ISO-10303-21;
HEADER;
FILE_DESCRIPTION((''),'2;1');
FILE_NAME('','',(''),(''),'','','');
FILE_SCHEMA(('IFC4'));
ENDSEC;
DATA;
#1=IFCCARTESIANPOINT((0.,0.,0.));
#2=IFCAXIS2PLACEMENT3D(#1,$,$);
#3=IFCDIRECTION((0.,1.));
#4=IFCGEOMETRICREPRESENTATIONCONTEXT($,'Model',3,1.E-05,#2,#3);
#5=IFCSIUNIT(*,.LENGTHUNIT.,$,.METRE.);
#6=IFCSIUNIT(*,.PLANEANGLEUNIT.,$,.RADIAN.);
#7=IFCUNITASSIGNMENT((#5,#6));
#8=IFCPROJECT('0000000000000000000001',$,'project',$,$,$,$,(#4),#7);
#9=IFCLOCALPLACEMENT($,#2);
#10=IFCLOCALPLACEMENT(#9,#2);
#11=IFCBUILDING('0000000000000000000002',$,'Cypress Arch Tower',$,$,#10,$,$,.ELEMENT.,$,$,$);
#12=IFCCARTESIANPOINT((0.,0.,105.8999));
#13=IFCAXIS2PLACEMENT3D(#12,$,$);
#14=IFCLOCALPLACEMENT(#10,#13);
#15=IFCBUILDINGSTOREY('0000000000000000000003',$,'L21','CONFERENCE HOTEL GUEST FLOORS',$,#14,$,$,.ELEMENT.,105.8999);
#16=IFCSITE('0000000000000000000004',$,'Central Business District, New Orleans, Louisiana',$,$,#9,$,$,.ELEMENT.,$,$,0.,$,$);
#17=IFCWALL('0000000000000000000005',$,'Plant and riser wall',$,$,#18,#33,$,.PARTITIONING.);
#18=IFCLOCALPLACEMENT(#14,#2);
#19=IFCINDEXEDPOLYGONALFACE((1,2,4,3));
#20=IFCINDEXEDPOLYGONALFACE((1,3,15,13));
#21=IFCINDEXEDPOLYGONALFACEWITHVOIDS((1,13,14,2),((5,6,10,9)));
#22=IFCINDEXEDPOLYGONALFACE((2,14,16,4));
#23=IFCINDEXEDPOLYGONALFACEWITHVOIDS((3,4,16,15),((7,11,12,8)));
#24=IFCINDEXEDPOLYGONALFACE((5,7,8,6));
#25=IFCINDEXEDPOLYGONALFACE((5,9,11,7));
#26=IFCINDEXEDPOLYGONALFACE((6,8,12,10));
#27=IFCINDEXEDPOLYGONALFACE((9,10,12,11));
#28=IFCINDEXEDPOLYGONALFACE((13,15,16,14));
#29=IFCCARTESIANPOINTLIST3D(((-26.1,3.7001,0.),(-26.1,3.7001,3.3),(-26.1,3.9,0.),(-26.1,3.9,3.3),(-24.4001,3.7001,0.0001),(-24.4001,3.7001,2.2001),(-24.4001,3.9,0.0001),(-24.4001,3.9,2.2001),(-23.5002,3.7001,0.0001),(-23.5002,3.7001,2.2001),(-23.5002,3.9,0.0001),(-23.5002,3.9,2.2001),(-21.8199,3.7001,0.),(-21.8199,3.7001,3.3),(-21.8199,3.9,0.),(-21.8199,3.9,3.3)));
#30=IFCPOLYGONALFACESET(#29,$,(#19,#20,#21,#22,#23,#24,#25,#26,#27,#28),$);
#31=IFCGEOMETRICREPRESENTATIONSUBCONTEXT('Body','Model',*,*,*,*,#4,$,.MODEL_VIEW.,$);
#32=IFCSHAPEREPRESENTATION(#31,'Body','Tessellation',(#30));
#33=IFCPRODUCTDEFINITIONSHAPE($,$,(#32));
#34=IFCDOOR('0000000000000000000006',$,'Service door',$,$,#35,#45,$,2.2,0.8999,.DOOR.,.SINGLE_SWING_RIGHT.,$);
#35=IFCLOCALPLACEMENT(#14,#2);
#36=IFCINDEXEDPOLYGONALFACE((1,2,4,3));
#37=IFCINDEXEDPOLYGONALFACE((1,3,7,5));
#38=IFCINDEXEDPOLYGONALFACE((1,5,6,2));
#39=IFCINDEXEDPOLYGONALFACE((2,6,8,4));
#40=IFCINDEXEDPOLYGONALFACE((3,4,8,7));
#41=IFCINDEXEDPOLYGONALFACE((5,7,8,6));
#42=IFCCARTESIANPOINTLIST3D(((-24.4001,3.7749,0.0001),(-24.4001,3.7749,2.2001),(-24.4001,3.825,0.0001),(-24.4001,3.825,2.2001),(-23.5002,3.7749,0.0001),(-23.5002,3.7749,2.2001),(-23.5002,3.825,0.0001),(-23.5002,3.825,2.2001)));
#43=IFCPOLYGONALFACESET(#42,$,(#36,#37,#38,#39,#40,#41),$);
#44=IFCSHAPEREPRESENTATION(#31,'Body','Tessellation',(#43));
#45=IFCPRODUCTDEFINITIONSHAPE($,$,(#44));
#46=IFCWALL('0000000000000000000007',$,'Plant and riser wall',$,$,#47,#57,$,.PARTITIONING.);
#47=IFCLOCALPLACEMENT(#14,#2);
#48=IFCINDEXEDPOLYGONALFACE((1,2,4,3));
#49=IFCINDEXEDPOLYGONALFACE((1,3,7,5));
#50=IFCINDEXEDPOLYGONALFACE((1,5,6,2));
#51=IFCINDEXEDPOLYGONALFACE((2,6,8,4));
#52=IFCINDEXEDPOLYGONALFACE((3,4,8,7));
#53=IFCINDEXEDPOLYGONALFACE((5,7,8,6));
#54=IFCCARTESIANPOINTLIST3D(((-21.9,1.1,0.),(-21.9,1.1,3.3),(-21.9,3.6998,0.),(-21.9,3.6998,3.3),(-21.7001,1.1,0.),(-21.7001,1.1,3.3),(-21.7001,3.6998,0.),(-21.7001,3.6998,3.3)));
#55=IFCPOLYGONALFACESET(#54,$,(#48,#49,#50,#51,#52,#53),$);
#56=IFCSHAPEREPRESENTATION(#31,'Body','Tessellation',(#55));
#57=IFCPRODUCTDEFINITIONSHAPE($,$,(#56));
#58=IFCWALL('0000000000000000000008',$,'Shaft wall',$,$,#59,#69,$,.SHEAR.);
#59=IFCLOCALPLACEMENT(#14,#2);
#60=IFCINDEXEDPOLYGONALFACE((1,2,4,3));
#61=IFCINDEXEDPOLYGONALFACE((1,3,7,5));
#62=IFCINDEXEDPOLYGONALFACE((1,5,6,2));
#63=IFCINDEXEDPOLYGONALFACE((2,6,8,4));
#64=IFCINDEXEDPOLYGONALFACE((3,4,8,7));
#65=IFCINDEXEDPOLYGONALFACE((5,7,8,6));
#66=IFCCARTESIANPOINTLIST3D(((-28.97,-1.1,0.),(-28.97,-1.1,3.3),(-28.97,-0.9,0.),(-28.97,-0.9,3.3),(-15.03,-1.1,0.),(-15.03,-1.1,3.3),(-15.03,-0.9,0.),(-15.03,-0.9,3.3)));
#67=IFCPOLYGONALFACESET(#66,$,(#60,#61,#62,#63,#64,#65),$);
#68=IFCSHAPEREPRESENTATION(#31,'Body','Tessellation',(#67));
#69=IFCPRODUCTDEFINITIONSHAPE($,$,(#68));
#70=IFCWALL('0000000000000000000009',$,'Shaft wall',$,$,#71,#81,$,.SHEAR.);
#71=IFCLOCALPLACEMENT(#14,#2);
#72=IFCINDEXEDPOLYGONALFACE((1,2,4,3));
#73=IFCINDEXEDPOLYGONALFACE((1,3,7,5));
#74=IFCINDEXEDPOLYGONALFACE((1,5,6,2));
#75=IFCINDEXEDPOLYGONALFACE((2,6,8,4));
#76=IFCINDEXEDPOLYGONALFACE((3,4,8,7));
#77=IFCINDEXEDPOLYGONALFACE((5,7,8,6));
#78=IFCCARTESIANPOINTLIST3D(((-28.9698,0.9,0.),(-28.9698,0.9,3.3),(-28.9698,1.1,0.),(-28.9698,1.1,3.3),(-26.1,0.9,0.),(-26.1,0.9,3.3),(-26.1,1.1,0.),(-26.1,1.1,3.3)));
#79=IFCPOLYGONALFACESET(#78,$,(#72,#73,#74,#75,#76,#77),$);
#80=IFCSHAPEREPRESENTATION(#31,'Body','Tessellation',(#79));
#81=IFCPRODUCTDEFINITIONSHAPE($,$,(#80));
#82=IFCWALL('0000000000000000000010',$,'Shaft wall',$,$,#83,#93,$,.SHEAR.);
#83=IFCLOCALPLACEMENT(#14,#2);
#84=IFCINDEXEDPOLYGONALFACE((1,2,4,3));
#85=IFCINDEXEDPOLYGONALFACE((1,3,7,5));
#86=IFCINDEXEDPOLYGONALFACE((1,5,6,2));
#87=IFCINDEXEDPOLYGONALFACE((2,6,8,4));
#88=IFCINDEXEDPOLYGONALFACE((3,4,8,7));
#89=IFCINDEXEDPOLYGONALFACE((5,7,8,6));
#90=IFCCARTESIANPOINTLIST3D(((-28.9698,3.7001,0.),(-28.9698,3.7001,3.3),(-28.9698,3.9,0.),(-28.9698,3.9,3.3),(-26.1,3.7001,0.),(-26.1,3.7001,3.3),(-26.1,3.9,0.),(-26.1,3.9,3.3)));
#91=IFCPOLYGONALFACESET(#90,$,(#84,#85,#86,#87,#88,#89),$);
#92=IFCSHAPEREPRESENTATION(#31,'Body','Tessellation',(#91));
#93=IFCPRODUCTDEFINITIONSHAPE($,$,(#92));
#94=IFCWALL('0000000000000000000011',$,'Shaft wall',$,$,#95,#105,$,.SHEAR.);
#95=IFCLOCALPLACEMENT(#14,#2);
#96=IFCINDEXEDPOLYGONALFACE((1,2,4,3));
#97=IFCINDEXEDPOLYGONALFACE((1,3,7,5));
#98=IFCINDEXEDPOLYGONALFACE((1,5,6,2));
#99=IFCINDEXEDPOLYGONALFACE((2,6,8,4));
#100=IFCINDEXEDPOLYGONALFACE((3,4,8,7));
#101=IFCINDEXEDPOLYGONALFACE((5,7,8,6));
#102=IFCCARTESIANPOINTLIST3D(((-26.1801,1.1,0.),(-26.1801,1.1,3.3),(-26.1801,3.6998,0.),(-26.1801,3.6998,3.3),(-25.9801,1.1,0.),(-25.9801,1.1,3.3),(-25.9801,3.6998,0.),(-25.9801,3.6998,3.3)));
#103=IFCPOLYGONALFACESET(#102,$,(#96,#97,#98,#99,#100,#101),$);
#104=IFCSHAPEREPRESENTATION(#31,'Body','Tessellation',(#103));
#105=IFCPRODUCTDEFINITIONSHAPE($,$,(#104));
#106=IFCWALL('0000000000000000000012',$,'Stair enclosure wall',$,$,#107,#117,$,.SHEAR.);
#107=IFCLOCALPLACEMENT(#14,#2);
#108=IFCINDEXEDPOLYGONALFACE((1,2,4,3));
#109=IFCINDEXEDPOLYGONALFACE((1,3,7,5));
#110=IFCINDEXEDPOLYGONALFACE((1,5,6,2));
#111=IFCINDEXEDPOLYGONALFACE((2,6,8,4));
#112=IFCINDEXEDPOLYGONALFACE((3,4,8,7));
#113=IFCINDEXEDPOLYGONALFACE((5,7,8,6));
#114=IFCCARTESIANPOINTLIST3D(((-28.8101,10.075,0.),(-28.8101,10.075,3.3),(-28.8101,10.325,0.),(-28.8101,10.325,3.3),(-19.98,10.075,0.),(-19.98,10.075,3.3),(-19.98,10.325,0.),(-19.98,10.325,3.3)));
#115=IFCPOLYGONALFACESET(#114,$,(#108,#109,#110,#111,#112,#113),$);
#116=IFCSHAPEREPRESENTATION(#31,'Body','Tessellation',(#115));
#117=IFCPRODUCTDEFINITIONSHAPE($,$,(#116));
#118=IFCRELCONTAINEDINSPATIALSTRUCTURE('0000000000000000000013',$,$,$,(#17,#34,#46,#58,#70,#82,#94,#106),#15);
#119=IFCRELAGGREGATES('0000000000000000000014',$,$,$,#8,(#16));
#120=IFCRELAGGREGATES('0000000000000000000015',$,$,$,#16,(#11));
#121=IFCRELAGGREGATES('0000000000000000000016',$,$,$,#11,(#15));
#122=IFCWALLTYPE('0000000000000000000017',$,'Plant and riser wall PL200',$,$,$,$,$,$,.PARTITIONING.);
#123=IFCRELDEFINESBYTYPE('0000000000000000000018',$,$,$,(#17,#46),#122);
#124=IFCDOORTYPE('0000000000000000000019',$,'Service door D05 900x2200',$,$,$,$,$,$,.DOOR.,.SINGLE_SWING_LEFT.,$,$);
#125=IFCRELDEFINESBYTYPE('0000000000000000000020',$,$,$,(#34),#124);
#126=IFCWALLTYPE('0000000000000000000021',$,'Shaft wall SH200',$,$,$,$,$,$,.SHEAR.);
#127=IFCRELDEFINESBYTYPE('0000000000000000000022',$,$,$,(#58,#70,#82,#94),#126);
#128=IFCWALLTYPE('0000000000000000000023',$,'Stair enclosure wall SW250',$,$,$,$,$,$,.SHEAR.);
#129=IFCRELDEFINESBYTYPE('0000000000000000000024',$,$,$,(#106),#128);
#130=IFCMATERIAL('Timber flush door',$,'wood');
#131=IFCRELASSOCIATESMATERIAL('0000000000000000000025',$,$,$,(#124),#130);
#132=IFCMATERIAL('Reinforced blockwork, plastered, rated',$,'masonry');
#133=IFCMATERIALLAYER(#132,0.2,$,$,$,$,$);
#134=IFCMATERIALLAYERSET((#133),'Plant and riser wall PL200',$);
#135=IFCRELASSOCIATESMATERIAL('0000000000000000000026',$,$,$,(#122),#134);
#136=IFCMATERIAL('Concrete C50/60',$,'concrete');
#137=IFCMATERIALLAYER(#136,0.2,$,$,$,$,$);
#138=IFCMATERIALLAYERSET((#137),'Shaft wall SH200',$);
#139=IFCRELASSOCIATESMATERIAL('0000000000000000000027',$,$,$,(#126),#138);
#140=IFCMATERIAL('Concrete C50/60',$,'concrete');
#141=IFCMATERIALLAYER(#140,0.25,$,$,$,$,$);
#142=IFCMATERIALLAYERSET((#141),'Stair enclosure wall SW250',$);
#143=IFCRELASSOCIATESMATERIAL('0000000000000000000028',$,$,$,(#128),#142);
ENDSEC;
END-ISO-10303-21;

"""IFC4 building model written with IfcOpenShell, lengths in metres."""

from ifc_helpers import new_model, si_unit, direction, frame, frame_2d, origin, place, context, subcontext, project, spatial, rectangle, extrude, material, layer, layer_set, type_object, element, fill, save


model = new_model("IFC4")

# Units and contexts
model_context = context("Model", 3, precision=1e-05, world=origin(), true_north=direction((0.0, 1.0)))
body_context = subcontext(model_context, "Body", "Model", "MODEL_VIEW")
ifc_project = project(units=[si_unit("LENGTHUNIT", "METRE"), si_unit("PLANEANGLEUNIT", "RADIAN")], contexts=[model_context])

# Site, building, storey
site_placement = place(None, origin())
site = spatial("IfcSite", under=ifc_project, at=site_placement, Name="Central Business District, New Orleans, Louisiana", CompositionType="ELEMENT", RefElevation=0.0)
building_placement = place(site_placement, origin())
building = spatial("IfcBuilding", under=site, at=building_placement, Name="Cypress Arch Tower", CompositionType="ELEMENT")
storey_placement = place(building_placement, frame((0.0, 0.0, 105.8999)))
storey = spatial("IfcBuildingStorey", under=building, at=storey_placement, Name="L21", Description="CONFERENCE HOTEL GUEST FLOORS", CompositionType="ELEMENT", Elevation=105.8999)

# Shared definitions
ifc_material_1 = material(Name="Timber flush door", Category="wood")
door_type_1 = type_object("IfcDoorType", Name="Service door D05 900x2200", OperationType="SINGLE_SWING_LEFT", PredefinedType="DOOR", material=ifc_material_1)

# Shared definitions
ifc_material_2 = material(Name="Reinforced blockwork, plastered, rated", Category="masonry")
ifc_layer_1 = layer(ifc_material_2, 0.2)
ifc_layer_set_1 = layer_set([ifc_layer_1], Name="Plant and riser wall PL200")
wall_type_1 = type_object("IfcWallType", Name="Plant and riser wall PL200", PredefinedType="PARTITIONING", material=ifc_layer_set_1)

# Wall, opening, door
wall_1_placement = place(storey_placement, frame((-26.1001, 3.8, 0.0), z_axis=(0.0, 0.0, 1.0), x_axis=(1.0, 0.0, 0.0)))
wall_1 = element("IfcWall", 1, at=wall_1_placement, inside=storey, type_object=wall_type_1, Name="Plant and riser wall", PredefinedType="PARTITIONING", context=body_context, shape_type="SweptSolid", body=[
    extrude(rectangle(XDim=4.28, YDim=0.2, at=frame_2d((2.1401, 0.0))), origin(), (0.0, 0.0, 1.0), 3.3),
])
opening_1_placement = place(wall_1_placement, frame((1.7, 0.0, 0.0)))
opening_1 = element("IfcOpeningElement", 2, at=opening_1_placement, cuts=wall_1, PredefinedType="OPENING", context=body_context, shape_type="SweptSolid", body=[
    extrude(rectangle(XDim=0.8999, YDim=2.2, at=frame_2d((0.45, 1.1001))), frame((0.0, 0.1099, 0.0), z_axis=(0.0, -1.0, 0.0), x_axis=(1.0, 0.0, 0.0)), (0.0, 0.0, 1.0), 0.22),
])
door_1_placement = place(opening_1_placement, origin())
door_1 = element("IfcDoor", 3, at=door_1_placement, inside=storey, type_object=door_type_1, Name="Service door", OperationType="SINGLE_SWING_RIGHT", OverallHeight=2.2, OverallWidth=0.8999, PredefinedType="DOOR", context=body_context, shape_type="SweptSolid", body=[
    extrude(rectangle(XDim=0.8999, YDim=2.2, at=frame_2d((0.45, 1.1001))), frame((0.0, 0.0249, 0.0), z_axis=(0.0, -1.0, 0.0), x_axis=(1.0, 0.0, 0.0)), (0.0, 0.0, 1.0), 0.05),
])
fill(opening_1, door_1)

# Walls
wall_2_placement = place(storey_placement, frame((-21.8, 1.1001, 0.0), z_axis=(0.0, 0.0, 1.0), x_axis=(0.0, 1.0, 0.0)))
element("IfcWall", 4, at=wall_2_placement, inside=storey, type_object=wall_type_1, Name="Plant and riser wall", PredefinedType="PARTITIONING", context=body_context, shape_type="SweptSolid", body=[
    extrude(rectangle(XDim=2.5999, YDim=0.2, at=frame_2d((1.2998, 0.0))), origin(), (0.0, 0.0, 1.0), 3.3),
])
ifc_material_3 = material(Name="Concrete C50/60", Category="concrete")
ifc_layer_2 = layer(ifc_material_3, 0.2)
ifc_layer_set_2 = layer_set([ifc_layer_2], Name="Shaft wall SH200")
wall_type_2 = type_object("IfcWallType", Name="Shaft wall SH200", PredefinedType="SHEAR", material=ifc_layer_set_2)
wall_3_placement = place(storey_placement, frame((-28.97, -1.0, 0.0), z_axis=(0.0, 0.0, 1.0), x_axis=(1.0, 0.0, 0.0)))
element("IfcWall", 5, at=wall_3_placement, inside=storey, type_object=wall_type_2, Name="Shaft wall", PredefinedType="SHEAR", context=body_context, shape_type="SweptSolid", body=[
    extrude(rectangle(XDim=13.9399, YDim=0.2, at=frame_2d((6.97, 0.0))), origin(), (0.0, 0.0, 1.0), 3.3),
])
for number, where, z_axis, x_axis, name in (
    (6, (-28.97, 1.0, 0.0), (0.0, 0.0, 1.0), (1.0, 0.0, 0.0), "Shaft wall"),
    (7, (-28.97, 3.8, 0.0), (0.0, 0.0, 1.0), (1.0, 0.0, 0.0), "Shaft wall"),
):
    element("IfcWall", number, at=place(storey_placement, frame(where, z_axis=z_axis, x_axis=x_axis)), inside=storey, type_object=wall_type_2, Name=name, PredefinedType="SHEAR", context=body_context, shape_type="SweptSolid", body=[
        extrude(rectangle(XDim=2.8699, YDim=0.2, at=frame_2d((1.4351, 0.0))), origin(), (0.0, 0.0, 1.0), 3.3),
    ])
wall_4_placement = place(storey_placement, frame((-26.0801, 1.1001, 0.0), z_axis=(0.0, 0.0, 1.0), x_axis=(0.0, 1.0, 0.0)))
element("IfcWall", 8, at=wall_4_placement, inside=storey, type_object=wall_type_2, Name="Shaft wall", PredefinedType="SHEAR", context=body_context, shape_type="SweptSolid", body=[
    extrude(rectangle(XDim=2.5999, YDim=0.2, at=frame_2d((1.2998, 0.0))), origin(), (0.0, 0.0, 1.0), 3.3),
])
ifc_material_4 = material(Name="Concrete C50/60", Category="concrete")
ifc_layer_3 = layer(ifc_material_4, 0.25)
ifc_layer_set_3 = layer_set([ifc_layer_3], Name="Stair enclosure wall SW250")
wall_type_3 = type_object("IfcWallType", Name="Stair enclosure wall SW250", PredefinedType="SHEAR", material=ifc_layer_set_3)
wall_5_placement = place(storey_placement, frame((-28.8101, 10.2, 0.0), z_axis=(0.0, 0.0, 1.0), x_axis=(1.0, 0.0, 0.0)))
element("IfcWall", 9, at=wall_5_placement, inside=storey, type_object=wall_type_3, Name="Stair enclosure wall", PredefinedType="SHEAR", context=body_context, shape_type="SweptSolid", body=[
    extrude(rectangle(XDim=8.8301, YDim=0.25, at=frame_2d((4.415, 0.0))), origin(), (0.0, 0.0, 1.0), 3.3),
])

save(model, "model.ifc")
